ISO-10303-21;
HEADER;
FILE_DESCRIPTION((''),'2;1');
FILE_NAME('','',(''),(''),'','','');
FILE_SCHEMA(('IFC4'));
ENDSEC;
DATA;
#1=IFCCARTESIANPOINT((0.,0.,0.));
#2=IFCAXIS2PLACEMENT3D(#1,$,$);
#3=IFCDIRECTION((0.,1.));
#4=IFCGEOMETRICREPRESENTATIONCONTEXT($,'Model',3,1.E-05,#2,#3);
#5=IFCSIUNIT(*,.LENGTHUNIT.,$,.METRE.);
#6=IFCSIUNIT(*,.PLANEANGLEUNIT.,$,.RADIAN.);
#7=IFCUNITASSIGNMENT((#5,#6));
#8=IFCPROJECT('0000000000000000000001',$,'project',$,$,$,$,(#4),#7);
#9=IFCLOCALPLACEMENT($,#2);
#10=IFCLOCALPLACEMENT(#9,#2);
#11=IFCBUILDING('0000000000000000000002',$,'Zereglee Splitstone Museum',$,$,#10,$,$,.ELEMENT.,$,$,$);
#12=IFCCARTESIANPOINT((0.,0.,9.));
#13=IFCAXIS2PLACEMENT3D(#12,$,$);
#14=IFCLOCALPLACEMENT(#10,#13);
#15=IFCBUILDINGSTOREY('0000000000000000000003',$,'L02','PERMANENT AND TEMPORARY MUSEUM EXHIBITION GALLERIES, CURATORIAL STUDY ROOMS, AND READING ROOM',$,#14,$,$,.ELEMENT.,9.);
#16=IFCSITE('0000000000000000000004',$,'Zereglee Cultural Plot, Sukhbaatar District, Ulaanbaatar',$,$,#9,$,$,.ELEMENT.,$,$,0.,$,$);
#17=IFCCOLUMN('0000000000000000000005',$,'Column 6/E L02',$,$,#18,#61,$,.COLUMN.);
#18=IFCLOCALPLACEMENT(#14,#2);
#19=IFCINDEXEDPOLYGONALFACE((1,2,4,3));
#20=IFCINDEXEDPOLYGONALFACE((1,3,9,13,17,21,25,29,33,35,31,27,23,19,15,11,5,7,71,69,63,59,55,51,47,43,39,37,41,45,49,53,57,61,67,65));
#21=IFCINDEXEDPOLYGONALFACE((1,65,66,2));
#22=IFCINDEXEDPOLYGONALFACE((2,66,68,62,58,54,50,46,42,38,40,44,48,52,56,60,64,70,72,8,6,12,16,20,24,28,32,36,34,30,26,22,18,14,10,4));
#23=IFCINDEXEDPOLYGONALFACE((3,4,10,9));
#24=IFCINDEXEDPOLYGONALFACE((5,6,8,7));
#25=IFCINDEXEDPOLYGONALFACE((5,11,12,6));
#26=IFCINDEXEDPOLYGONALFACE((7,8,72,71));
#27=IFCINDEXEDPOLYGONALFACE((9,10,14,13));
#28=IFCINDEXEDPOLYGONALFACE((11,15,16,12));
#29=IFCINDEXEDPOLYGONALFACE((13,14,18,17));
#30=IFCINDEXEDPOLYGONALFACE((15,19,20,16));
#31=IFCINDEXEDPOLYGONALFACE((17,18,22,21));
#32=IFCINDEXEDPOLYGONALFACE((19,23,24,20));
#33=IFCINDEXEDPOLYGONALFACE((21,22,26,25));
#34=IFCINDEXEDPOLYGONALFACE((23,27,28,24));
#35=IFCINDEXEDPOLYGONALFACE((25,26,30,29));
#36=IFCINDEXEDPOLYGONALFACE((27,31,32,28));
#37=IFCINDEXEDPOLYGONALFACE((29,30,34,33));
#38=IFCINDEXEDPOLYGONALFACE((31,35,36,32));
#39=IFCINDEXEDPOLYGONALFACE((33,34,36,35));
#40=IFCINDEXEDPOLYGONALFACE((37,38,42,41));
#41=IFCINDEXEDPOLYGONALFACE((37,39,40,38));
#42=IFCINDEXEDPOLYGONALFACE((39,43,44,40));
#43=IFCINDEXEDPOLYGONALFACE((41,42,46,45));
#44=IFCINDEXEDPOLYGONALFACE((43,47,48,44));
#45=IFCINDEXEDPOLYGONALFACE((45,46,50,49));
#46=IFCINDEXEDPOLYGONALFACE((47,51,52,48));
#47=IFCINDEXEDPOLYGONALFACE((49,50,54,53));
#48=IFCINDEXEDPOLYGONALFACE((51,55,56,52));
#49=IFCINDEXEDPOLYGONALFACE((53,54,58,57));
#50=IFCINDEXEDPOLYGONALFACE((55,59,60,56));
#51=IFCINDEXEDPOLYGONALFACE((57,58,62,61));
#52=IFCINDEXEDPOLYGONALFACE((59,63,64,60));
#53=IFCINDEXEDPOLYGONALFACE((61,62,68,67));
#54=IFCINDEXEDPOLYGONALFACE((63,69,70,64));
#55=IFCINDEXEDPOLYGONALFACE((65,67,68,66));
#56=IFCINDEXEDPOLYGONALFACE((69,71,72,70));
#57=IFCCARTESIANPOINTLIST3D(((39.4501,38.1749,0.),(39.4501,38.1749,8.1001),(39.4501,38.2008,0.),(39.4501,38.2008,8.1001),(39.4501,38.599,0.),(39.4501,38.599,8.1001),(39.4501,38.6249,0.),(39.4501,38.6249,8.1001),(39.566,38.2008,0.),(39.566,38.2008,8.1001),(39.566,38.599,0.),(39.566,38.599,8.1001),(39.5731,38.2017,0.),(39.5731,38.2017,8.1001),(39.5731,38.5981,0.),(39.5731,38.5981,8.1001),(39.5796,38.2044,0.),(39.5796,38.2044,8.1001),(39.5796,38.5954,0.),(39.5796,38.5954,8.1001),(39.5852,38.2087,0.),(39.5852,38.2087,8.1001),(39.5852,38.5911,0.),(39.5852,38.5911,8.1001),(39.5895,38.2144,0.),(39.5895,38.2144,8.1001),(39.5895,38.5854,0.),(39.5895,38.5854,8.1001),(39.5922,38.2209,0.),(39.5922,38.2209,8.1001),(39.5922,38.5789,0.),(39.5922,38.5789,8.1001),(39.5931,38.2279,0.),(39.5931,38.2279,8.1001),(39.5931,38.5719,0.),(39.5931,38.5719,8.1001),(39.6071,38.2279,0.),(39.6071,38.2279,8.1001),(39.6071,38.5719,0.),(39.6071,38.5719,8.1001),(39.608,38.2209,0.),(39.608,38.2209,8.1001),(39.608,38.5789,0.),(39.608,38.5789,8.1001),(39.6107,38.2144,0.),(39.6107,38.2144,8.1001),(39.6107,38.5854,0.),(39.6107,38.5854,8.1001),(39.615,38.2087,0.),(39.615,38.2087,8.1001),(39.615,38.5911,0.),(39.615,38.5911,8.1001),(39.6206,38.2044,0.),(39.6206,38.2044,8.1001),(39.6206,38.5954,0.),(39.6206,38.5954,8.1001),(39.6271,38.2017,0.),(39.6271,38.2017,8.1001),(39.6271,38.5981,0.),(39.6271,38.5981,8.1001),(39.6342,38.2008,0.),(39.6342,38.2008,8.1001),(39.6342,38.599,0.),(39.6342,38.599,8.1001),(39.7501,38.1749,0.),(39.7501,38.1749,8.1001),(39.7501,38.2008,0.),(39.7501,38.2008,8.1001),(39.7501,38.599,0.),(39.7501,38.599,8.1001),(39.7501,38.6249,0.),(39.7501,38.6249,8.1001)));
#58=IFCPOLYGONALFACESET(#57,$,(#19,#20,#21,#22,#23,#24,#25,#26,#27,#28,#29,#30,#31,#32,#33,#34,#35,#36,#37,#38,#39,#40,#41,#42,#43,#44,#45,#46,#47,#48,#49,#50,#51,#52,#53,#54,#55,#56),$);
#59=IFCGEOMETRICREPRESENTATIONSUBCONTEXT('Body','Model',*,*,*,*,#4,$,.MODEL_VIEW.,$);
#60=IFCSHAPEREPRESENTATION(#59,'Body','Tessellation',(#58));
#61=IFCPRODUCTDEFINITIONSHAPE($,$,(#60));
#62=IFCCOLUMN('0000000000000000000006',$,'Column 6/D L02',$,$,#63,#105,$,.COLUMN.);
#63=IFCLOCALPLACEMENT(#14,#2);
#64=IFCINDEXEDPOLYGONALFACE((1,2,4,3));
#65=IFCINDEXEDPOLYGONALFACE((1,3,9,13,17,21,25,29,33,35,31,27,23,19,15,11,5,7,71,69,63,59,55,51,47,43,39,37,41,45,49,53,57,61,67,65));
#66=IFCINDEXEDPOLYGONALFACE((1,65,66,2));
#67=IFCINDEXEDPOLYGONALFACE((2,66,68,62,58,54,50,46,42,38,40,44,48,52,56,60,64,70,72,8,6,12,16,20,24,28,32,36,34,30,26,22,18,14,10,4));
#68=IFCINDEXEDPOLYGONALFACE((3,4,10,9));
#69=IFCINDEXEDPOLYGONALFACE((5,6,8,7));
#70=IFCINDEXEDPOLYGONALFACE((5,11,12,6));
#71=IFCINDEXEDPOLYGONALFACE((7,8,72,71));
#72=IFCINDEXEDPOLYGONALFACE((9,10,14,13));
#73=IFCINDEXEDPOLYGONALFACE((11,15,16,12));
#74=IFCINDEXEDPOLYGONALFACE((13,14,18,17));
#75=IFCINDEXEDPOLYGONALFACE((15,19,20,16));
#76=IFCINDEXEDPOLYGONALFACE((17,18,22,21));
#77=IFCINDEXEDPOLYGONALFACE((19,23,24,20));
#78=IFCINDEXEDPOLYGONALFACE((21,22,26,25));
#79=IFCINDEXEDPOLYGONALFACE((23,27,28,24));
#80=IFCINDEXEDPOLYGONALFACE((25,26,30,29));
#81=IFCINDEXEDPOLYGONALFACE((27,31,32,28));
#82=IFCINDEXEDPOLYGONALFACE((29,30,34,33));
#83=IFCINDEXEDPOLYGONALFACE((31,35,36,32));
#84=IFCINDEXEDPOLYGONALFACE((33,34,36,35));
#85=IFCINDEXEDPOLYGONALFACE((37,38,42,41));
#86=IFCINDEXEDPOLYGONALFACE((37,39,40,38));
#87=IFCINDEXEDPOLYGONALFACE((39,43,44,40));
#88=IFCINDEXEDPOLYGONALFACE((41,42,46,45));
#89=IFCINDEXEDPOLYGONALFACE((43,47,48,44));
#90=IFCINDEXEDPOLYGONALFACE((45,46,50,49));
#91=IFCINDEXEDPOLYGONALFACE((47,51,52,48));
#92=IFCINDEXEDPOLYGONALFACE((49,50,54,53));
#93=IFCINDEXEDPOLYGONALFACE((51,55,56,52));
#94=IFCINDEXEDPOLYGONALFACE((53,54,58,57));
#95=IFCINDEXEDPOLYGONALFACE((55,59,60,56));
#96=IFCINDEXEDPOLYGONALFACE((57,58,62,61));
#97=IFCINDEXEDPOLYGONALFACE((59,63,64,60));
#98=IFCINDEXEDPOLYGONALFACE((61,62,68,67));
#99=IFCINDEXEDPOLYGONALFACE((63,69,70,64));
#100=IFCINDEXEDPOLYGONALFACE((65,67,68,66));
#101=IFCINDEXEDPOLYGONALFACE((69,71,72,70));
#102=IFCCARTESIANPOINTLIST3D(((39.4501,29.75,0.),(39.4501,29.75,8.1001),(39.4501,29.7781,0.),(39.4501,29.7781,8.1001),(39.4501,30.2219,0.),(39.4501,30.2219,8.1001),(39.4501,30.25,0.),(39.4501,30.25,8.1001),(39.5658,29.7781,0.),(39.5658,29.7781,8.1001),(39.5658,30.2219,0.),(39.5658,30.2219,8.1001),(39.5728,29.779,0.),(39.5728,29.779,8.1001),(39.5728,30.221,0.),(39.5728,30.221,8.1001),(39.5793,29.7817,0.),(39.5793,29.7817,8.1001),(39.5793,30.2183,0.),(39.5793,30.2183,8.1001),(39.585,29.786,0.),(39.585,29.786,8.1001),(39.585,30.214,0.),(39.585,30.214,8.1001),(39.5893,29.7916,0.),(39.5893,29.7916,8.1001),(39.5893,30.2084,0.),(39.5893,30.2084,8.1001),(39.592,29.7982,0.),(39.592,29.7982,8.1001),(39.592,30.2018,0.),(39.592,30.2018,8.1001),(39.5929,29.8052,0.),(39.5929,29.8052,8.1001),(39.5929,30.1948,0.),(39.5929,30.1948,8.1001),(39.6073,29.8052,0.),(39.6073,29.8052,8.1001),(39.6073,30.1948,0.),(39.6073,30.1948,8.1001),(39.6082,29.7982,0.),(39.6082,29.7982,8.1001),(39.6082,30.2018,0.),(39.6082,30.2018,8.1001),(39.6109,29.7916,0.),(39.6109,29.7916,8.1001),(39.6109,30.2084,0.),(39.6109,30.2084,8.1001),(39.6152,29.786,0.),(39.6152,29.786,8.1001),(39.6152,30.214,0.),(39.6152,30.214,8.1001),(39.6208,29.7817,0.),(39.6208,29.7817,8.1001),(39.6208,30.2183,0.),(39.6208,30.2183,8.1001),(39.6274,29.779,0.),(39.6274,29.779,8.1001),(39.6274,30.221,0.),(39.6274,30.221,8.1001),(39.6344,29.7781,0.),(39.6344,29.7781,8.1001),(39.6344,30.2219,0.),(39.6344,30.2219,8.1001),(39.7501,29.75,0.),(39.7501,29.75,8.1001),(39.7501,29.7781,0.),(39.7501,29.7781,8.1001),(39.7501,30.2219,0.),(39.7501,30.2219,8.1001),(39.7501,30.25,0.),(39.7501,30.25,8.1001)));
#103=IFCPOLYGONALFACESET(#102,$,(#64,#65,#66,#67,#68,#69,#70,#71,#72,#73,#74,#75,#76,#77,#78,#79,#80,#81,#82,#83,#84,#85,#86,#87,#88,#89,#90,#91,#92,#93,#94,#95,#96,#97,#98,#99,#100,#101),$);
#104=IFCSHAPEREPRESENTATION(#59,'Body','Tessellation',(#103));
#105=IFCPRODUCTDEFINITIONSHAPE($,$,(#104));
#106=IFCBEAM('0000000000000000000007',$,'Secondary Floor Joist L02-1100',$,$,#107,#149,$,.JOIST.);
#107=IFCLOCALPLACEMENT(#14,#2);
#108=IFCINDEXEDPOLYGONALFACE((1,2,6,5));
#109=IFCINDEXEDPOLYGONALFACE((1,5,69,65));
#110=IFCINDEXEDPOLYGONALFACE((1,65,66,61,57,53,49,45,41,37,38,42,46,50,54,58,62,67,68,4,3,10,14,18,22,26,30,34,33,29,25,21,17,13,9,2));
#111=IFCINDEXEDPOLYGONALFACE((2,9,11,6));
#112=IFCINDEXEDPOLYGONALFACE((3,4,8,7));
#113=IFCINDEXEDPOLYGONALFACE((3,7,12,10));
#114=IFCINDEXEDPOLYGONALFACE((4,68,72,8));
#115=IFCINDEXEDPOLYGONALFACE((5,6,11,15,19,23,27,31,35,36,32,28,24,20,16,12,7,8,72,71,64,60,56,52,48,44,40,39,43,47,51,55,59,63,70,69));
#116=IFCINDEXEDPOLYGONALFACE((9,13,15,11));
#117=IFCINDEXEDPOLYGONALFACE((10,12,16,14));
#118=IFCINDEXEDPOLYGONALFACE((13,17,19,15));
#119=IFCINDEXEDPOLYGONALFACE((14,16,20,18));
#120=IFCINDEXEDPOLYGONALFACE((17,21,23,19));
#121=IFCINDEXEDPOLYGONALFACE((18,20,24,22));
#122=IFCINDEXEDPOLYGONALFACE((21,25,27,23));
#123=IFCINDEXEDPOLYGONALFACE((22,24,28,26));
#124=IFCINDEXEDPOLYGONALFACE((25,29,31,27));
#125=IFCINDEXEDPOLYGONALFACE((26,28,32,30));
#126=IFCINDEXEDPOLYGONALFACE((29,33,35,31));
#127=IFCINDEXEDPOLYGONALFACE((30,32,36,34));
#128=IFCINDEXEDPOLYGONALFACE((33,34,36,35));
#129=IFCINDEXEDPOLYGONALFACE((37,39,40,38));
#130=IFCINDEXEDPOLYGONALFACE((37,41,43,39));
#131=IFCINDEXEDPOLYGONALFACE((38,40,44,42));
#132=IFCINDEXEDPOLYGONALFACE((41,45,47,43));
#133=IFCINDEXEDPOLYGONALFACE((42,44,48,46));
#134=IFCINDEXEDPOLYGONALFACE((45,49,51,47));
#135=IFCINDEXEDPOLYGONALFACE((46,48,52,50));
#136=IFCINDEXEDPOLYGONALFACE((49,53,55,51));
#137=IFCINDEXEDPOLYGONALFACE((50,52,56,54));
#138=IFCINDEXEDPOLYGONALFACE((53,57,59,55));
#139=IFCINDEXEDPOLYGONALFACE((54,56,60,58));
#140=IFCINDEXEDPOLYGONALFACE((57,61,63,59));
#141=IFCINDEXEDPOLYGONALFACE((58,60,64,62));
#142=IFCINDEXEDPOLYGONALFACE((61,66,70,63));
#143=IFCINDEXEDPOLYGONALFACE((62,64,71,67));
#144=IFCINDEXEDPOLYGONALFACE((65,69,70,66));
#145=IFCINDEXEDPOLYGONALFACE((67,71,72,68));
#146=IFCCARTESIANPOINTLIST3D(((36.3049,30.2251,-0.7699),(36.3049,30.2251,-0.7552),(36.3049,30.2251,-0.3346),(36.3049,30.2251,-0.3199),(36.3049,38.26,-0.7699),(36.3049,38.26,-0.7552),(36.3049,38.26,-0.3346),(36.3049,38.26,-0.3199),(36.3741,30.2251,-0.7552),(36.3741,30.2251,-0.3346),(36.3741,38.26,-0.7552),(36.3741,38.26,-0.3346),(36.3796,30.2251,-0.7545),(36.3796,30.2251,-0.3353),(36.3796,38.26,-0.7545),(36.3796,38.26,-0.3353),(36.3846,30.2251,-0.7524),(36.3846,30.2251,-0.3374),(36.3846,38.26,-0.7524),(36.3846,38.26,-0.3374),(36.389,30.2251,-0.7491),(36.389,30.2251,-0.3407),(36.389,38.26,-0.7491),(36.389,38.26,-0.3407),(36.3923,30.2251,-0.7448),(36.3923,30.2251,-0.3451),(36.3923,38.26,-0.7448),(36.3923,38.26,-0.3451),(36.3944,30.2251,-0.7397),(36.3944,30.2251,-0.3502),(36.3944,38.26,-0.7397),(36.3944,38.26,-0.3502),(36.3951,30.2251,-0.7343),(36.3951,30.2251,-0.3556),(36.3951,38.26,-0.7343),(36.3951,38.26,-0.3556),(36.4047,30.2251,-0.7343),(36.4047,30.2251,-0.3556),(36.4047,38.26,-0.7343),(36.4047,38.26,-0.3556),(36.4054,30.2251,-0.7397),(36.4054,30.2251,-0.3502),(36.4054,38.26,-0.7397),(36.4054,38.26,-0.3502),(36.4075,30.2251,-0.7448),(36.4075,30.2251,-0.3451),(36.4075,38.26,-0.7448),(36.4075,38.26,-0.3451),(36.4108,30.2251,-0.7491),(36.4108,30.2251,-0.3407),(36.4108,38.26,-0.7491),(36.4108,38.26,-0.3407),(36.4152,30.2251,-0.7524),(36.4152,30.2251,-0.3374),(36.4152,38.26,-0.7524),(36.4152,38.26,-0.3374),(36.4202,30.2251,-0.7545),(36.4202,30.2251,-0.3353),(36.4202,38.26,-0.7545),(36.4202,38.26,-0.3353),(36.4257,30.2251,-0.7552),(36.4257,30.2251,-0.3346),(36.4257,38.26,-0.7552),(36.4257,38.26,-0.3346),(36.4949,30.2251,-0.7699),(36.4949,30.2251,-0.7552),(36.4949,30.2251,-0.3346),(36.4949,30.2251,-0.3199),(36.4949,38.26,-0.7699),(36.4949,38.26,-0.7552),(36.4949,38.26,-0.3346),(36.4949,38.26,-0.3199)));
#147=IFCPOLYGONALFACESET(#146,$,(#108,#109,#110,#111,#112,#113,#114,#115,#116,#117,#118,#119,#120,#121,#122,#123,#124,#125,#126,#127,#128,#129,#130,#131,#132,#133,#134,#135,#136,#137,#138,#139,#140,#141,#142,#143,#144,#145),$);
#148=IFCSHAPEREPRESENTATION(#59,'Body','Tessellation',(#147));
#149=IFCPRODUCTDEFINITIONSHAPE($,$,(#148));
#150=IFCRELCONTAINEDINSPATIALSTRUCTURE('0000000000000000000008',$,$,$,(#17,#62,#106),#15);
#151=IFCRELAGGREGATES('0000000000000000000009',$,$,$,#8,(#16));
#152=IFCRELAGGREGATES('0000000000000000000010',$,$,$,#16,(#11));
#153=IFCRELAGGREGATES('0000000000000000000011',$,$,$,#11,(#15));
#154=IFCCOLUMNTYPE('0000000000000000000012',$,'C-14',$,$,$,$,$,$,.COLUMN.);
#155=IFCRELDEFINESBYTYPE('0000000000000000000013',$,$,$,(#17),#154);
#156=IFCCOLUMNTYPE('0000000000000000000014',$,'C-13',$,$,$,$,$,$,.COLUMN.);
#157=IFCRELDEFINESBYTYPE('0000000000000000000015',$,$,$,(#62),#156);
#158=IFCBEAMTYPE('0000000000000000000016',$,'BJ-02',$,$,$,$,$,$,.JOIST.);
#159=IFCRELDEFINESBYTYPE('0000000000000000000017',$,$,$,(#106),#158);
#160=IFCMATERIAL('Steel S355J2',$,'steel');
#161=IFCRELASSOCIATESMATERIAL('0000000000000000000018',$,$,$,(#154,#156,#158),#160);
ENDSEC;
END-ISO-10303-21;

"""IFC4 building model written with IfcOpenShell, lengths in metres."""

from ifc_helpers import new_model, si_unit, direction, frame, origin, origin_2d, place, context, subcontext, project, spatial, i_section, extrude, material, material_profile, profile_set, type_object, element, save


model = new_model("IFC4")

# Units and contexts
model_context = context("Model", 3, precision=1e-05, world=origin(), true_north=direction((0.0, 1.0)))
body_context = subcontext(model_context, "Body", "Model", "MODEL_VIEW")
ifc_project = project(units=[si_unit("LENGTHUNIT", "METRE"), si_unit("PLANEANGLEUNIT", "RADIAN")], contexts=[model_context])

# Site, building, storey
site_placement = place(None, origin())
site = spatial("IfcSite", under=ifc_project, at=site_placement, Name="Zereglee Cultural Plot, Sukhbaatar District, Ulaanbaatar", CompositionType="ELEMENT", RefElevation=0.0)
building_placement = place(site_placement, origin())
building = spatial("IfcBuilding", under=site, at=building_placement, Name="Zereglee Splitstone Museum", CompositionType="ELEMENT")
storey_placement = place(building_placement, frame((0.0, 0.0, 9.0)))
storey = spatial("IfcBuildingStorey", under=building, at=storey_placement, Name="L02", Description="PERMANENT AND TEMPORARY MUSEUM EXHIBITION GALLERIES, CURATORIAL STUDY ROOMS, AND READING ROOM", CompositionType="ELEMENT", Elevation=9.0)

# Columns
ifc_material_1 = material(Name="Steel S355J2", Category="steel")
ifc_material_profile_1 = material_profile(ifc_material_1, i_section(OverallWidth=0.3, OverallDepth=0.45, WebThickness=0.0139, FlangeThickness=0.0259, FilletRadius=0.0271, at=origin_2d()), Name="HE 450 B")
ifc_profile_set_1 = profile_set([ifc_material_profile_1], Name="Steel S355J2")
column_type_1 = type_object("IfcColumnType", Name="C-14", PredefinedType="COLUMN", material=ifc_profile_set_1)
column_1_placement = place(storey_placement, frame((39.6001, 38.3999, 0.0), z_axis=(0.0, 0.0, 1.0), x_axis=(1.0, 0.0, 0.0)))
element("IfcColumn", 1, at=column_1_placement, inside=storey, type_object=column_type_1, Name="Column 6/E L02", PredefinedType="COLUMN", context=body_context, shape_type="SweptSolid", body=[
    extrude(i_section(OverallWidth=0.3, OverallDepth=0.45, WebThickness=0.0139, FlangeThickness=0.0259, FilletRadius=0.0271, at=origin_2d()), origin(), (0.0, 0.0, 1.0), 8.1001),
])
ifc_material_profile_2 = material_profile(ifc_material_1, i_section(OverallWidth=0.3, OverallDepth=0.5, WebThickness=0.0144, FlangeThickness=0.0281, FilletRadius=0.0271, at=origin_2d()), Name="HE 500 B")
ifc_profile_set_2 = profile_set([ifc_material_profile_2], Name="Steel S355J2")
column_type_2 = type_object("IfcColumnType", Name="C-13", PredefinedType="COLUMN", material=ifc_profile_set_2)
column_2_placement = place(storey_placement, frame((39.6001, 30.0, 0.0), z_axis=(0.0, 0.0, 1.0), x_axis=(1.0, 0.0, 0.0)))
element("IfcColumn", 2, at=column_2_placement, inside=storey, type_object=column_type_2, Name="Column 6/D L02", PredefinedType="COLUMN", context=body_context, shape_type="SweptSolid", body=[
    extrude(i_section(OverallWidth=0.3, OverallDepth=0.5, WebThickness=0.0144, FlangeThickness=0.0281, FilletRadius=0.0271, at=origin_2d()), origin(), (0.0, 0.0, 1.0), 8.1001),
])

# Beam
ifc_material_profile_3 = material_profile(ifc_material_1, i_section(OverallWidth=0.1899, OverallDepth=0.45, WebThickness=0.0095, FlangeThickness=0.0146, FilletRadius=0.021, at=origin_2d()), Name="IPE 450")
ifc_profile_set_3 = profile_set([ifc_material_profile_3], Name="Steel S355J2")
beam_type_1 = type_object("IfcBeamType", Name="BJ-02", PredefinedType="JOIST", material=ifc_profile_set_3)
beam_1_placement = place(storey_placement, frame((36.3999, 30.2251, -0.5449), z_axis=(0.0, 1.0, 0.0), x_axis=(-1.0, 0.0, 0.0)))
element("IfcBeam", 3, at=beam_1_placement, inside=storey, type_object=beam_type_1, Name="Secondary Floor Joist L02-1100", PredefinedType="JOIST", context=body_context, shape_type="SweptSolid", body=[
    extrude(i_section(OverallWidth=0.1899, OverallDepth=0.45, WebThickness=0.0095, FlangeThickness=0.0146, FilletRadius=0.021, at=origin_2d()), origin(), (0.0, 0.0, 1.0), 8.0349),
])

save(model, "model.ifc")
